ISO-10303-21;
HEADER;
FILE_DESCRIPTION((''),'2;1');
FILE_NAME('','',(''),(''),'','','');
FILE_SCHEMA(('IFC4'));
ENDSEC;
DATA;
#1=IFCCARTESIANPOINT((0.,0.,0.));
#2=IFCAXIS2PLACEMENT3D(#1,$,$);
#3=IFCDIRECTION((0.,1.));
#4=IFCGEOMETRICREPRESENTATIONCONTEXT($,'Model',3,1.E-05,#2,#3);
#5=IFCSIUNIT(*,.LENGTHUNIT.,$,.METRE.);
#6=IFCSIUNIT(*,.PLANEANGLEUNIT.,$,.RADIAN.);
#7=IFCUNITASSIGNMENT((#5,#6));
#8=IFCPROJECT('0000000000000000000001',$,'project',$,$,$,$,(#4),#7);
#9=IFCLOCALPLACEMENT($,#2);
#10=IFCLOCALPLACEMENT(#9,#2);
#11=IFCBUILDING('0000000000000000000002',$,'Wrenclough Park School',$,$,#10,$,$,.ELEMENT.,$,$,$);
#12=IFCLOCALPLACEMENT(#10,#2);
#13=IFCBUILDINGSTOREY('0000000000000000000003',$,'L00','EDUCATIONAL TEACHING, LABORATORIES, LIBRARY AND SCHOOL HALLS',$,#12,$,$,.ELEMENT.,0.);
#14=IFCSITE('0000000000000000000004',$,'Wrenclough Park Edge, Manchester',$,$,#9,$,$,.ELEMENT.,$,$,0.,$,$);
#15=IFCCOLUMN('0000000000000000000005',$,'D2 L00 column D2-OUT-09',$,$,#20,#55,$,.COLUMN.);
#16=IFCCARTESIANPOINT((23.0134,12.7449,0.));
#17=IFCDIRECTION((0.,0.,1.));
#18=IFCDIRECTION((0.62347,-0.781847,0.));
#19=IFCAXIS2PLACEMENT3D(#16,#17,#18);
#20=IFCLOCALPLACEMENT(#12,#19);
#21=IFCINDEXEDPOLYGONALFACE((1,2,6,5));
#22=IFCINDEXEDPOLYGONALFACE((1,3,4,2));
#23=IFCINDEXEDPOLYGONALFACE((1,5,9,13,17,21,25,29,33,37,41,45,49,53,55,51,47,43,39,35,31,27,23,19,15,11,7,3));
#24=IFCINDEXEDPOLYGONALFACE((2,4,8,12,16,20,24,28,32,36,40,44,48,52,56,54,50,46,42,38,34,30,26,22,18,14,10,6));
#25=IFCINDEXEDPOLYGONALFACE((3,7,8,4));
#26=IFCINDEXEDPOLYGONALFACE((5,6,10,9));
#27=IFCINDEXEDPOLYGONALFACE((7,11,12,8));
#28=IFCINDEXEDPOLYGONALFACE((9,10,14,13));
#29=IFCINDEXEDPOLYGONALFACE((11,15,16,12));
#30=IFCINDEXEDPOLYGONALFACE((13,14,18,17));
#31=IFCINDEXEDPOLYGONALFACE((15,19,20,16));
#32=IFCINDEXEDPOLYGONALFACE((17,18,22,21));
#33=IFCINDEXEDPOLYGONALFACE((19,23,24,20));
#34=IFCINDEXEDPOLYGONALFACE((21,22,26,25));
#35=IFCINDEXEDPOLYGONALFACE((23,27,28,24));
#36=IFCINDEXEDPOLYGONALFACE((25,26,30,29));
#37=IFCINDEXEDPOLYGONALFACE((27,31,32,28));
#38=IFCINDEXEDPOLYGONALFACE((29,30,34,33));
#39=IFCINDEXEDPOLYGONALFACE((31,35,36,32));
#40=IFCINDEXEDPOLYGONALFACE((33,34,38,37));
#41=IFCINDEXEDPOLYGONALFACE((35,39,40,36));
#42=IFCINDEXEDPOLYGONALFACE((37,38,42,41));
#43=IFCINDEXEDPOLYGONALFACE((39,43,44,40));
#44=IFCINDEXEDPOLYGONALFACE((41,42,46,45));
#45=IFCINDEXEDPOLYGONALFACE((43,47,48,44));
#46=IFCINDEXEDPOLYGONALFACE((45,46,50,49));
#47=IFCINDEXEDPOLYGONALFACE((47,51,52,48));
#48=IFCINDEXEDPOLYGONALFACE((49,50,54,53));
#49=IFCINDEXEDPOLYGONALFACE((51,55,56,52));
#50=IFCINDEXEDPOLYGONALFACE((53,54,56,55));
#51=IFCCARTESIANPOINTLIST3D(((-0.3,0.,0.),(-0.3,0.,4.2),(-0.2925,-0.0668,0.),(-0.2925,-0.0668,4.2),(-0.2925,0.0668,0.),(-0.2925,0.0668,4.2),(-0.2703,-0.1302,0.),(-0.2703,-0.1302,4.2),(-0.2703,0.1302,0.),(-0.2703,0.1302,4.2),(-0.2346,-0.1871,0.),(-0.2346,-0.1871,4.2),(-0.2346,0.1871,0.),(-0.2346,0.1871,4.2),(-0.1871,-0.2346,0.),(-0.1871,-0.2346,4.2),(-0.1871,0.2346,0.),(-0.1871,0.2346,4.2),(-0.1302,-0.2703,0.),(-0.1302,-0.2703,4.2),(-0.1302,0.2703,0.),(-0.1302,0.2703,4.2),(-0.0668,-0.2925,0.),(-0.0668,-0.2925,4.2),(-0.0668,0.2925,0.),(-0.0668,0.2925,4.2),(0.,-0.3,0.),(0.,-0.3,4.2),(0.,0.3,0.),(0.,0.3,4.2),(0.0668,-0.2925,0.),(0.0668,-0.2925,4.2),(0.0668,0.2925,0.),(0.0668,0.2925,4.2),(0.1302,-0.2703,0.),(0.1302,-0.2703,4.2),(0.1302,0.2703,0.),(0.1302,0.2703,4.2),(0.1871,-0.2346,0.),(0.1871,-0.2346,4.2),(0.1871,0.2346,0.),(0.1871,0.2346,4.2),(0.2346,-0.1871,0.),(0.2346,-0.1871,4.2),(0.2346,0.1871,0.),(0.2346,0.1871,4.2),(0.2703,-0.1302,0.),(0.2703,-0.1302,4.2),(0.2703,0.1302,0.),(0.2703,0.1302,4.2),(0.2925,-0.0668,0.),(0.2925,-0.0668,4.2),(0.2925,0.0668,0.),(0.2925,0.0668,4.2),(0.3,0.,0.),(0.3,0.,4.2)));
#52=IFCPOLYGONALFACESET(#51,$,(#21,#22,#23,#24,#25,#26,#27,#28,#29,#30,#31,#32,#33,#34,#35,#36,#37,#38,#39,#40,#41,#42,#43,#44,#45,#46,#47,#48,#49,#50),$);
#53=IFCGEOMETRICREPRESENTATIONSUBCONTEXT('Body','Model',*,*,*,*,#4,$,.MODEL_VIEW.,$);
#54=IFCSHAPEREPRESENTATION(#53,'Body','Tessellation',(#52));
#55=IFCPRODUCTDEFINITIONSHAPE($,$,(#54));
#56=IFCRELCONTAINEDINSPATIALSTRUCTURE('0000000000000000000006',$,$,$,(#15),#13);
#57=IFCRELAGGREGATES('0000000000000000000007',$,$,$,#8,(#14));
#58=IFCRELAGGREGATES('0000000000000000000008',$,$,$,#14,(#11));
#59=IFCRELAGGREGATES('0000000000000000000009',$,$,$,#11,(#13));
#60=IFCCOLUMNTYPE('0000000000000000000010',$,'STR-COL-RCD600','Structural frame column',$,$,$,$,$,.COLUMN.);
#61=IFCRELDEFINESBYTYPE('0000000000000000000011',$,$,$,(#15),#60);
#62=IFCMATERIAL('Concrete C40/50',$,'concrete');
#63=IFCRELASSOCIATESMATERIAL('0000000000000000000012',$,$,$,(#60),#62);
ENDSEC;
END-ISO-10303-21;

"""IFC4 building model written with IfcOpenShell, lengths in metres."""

from ifc_helpers import new_model, si_unit, direction, frame, origin, origin_2d, place, context, subcontext, project, spatial, circle, extrude, material, material_profile, profile_set, type_object, element, save


model = new_model("IFC4")

# Units and contexts
model_context = context("Model", 3, precision=1e-05, world=origin(), true_north=direction((0.0, 1.0)))
body_context = subcontext(model_context, "Body", "Model", "MODEL_VIEW")
ifc_project = project(units=[si_unit("LENGTHUNIT", "METRE"), si_unit("PLANEANGLEUNIT", "RADIAN")], contexts=[model_context])

# Site, building, storey
site_placement = place(None, origin())
site = spatial("IfcSite", under=ifc_project, at=site_placement, Name="Wrenclough Park Edge, Manchester", CompositionType="ELEMENT", RefElevation=0.0)
building_placement = place(site_placement, origin())
building = spatial("IfcBuilding", under=site, at=building_placement, Name="Wrenclough Park School", CompositionType="ELEMENT")
storey_placement = place(building_placement, origin())
storey = spatial("IfcBuildingStorey", under=building, at=storey_placement, Name="L00", Description="EDUCATIONAL TEACHING, LABORATORIES, LIBRARY AND SCHOOL HALLS", CompositionType="ELEMENT", Elevation=0.0)

# Column
ifc_material_1 = material(Name="Concrete C40/50", Category="concrete")
ifc_material_profile_1 = material_profile(ifc_material_1, circle(Radius=0.3, at=origin_2d()), Name="RC COL D600")
ifc_profile_set_1 = profile_set([ifc_material_profile_1], Name="Concrete C40/50")
column_type = type_object("IfcColumnType", Name="STR-COL-RCD600", Description="Structural frame column", PredefinedType="COLUMN", material=ifc_profile_set_1)
column_placement = place(storey_placement, frame((23.0134, 12.7449, 0.0), z_axis=(0.0, 0.0, 1.0), x_axis=(0.62347, -0.781847, 0.0)))
element("IfcColumn", 1, at=column_placement, inside=storey, type_object=column_type, Name="D2 L00 column D2-OUT-09", PredefinedType="COLUMN", context=body_context, shape_type="SweptSolid", body=[
    extrude(circle(Radius=0.3, at=origin_2d()), origin(), (0.0, 0.0, 1.0), 4.2),
])

save(model, "model.ifc")
